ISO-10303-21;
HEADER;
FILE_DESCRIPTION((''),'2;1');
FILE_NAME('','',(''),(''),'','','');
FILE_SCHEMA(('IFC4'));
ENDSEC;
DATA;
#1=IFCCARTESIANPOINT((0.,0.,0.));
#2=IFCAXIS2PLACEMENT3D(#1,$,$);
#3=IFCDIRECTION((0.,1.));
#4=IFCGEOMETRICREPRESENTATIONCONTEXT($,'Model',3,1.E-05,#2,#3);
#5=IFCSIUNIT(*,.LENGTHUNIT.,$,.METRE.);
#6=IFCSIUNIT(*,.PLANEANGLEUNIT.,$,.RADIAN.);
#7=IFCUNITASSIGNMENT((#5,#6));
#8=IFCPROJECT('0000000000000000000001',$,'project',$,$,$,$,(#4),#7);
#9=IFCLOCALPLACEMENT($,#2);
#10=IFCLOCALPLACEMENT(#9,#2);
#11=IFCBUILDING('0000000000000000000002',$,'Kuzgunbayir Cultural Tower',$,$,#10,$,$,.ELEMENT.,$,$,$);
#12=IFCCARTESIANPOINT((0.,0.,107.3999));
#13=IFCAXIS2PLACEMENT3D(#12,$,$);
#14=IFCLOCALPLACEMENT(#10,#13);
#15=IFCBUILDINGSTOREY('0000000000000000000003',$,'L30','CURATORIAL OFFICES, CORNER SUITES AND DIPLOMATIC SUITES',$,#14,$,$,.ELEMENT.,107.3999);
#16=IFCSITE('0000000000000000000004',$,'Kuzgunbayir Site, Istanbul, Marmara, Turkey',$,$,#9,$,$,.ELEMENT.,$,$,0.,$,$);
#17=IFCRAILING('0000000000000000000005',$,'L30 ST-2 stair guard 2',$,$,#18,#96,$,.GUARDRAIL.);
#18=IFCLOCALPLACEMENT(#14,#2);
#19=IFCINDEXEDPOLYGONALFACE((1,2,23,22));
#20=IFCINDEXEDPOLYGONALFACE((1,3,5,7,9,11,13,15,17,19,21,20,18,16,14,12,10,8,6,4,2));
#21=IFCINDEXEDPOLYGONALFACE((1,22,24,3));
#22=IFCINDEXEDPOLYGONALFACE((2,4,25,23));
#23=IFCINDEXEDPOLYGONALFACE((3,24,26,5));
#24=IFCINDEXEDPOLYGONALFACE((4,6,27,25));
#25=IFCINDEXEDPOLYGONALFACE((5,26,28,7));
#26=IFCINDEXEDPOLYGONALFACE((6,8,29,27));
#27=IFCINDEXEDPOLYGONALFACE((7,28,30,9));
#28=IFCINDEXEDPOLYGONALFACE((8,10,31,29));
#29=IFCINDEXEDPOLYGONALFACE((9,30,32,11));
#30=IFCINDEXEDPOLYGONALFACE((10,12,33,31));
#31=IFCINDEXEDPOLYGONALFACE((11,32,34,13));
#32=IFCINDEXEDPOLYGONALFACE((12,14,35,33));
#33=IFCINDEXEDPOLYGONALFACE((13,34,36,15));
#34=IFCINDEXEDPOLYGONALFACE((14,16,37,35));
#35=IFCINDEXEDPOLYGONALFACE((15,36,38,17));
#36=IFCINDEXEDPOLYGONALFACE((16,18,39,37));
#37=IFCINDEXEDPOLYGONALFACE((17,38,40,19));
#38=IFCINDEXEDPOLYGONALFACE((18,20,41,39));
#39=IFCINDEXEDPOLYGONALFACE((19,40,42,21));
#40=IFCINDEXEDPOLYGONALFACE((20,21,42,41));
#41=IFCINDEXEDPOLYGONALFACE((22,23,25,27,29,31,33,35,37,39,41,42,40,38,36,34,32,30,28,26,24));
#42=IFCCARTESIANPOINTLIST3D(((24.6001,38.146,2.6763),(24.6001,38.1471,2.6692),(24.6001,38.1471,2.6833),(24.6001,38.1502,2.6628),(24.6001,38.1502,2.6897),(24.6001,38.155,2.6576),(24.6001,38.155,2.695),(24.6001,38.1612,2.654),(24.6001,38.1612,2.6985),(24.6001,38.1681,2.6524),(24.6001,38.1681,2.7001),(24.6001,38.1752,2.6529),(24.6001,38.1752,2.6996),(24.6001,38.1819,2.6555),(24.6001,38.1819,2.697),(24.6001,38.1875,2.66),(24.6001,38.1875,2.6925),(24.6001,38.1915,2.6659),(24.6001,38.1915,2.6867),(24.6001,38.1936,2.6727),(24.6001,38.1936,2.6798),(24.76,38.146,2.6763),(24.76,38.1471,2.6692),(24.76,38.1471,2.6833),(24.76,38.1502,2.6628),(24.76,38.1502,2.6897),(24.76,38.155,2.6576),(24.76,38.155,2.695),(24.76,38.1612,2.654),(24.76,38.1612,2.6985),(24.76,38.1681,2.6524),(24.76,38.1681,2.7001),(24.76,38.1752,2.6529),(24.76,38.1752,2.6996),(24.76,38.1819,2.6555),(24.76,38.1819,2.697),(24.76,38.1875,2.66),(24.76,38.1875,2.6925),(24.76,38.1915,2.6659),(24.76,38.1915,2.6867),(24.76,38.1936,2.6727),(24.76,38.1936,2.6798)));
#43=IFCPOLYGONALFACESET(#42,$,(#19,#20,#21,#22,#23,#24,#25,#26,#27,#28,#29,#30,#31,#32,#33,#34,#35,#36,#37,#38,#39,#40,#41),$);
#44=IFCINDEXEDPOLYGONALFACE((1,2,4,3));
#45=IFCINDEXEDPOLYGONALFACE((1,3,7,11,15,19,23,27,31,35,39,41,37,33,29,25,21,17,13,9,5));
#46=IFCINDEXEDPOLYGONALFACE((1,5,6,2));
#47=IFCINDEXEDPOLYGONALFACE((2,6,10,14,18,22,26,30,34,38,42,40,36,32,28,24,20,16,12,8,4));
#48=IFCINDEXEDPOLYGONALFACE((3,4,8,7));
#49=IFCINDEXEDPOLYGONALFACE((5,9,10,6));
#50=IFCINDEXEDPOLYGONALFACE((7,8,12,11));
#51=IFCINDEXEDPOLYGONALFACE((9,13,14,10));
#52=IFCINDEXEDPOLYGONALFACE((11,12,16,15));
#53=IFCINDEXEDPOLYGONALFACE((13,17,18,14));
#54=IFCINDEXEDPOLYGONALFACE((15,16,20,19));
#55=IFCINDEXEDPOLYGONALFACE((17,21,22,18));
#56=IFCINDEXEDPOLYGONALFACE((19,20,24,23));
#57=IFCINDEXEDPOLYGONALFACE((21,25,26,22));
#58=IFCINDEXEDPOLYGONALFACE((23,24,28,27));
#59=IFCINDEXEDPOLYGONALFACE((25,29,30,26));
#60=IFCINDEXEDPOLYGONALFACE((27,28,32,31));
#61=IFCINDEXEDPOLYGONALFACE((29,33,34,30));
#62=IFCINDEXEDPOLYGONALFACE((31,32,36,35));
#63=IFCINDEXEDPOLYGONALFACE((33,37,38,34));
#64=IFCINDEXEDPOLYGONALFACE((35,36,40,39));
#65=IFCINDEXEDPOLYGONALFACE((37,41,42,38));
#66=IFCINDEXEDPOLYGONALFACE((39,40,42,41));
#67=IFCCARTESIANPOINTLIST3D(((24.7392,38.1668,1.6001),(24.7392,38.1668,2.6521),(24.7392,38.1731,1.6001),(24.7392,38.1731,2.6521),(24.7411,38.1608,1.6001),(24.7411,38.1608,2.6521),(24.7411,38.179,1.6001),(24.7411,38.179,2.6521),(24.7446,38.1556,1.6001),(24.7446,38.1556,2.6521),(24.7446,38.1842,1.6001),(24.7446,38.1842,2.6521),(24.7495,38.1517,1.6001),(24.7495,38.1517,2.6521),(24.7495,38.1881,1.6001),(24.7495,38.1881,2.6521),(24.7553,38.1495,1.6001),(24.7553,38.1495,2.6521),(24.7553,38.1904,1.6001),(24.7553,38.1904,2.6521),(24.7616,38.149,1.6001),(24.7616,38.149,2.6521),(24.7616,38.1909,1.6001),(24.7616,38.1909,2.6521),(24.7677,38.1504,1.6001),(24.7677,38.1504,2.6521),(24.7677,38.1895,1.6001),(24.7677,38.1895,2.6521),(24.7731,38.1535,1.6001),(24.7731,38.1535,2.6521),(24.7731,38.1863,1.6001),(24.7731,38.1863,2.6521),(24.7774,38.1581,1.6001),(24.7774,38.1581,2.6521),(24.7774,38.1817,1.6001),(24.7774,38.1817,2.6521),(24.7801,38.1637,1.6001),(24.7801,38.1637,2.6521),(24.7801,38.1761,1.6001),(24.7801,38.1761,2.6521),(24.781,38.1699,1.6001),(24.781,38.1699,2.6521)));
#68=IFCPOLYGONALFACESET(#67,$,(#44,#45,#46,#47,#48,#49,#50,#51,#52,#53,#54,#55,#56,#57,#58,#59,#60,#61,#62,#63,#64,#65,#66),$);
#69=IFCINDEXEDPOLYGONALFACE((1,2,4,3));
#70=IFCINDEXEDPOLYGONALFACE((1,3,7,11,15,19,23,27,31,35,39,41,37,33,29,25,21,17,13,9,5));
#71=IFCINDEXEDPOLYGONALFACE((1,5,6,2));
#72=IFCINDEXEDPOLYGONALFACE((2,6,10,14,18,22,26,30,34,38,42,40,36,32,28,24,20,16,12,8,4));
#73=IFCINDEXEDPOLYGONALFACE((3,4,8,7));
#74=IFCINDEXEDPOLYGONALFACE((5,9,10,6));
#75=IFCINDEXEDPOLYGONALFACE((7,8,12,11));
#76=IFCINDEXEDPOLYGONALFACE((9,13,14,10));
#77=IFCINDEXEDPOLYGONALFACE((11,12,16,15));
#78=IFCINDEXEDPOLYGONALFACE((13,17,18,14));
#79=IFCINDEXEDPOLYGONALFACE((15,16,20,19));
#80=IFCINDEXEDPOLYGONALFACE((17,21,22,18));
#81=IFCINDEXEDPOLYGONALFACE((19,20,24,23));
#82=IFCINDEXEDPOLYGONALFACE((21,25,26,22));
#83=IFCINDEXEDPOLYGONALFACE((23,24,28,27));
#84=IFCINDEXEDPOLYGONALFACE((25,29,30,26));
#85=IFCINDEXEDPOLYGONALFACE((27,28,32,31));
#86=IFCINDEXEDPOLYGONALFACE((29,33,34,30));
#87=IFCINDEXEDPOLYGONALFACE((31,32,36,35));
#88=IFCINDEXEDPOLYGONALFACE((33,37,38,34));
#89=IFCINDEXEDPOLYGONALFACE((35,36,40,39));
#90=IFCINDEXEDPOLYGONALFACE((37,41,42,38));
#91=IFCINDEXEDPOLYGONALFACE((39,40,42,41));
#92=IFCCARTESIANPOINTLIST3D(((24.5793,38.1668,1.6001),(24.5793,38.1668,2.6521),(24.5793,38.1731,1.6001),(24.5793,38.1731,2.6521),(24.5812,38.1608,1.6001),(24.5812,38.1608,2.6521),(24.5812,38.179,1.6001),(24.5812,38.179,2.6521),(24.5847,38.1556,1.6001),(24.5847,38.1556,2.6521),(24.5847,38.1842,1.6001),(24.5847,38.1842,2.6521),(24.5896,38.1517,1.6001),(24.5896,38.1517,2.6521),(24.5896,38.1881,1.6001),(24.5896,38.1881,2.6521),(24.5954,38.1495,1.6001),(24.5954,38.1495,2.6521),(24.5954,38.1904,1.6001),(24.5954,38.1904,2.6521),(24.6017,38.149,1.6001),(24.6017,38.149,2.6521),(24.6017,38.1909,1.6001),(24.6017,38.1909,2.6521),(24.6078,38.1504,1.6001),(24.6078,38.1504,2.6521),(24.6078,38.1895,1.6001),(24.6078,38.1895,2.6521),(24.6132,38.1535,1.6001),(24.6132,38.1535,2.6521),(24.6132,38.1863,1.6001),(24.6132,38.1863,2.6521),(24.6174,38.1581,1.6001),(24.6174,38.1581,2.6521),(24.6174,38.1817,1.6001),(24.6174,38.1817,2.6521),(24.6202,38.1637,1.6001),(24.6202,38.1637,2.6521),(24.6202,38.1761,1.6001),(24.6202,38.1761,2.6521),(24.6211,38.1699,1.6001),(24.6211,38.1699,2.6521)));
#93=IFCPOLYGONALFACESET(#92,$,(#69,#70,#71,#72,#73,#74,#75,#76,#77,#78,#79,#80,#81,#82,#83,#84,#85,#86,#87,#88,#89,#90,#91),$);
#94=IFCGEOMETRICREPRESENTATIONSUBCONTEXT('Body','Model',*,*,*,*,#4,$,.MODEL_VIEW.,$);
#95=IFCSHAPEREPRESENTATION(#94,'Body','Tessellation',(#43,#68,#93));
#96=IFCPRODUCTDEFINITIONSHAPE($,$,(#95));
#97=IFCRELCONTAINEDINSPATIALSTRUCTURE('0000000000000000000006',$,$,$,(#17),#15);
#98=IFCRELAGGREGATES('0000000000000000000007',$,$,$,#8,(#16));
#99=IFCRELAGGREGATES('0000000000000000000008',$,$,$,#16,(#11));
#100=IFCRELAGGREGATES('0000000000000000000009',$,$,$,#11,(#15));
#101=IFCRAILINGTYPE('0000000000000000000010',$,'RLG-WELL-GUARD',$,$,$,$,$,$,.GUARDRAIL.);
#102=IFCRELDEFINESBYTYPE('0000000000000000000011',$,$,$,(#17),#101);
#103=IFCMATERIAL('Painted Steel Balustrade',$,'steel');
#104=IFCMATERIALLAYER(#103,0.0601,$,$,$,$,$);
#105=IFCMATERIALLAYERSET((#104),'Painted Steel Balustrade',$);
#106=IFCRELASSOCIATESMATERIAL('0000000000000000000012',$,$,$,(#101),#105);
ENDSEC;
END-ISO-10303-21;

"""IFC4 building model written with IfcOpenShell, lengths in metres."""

from ifc_helpers import new_model, si_unit, direction, frame, origin, origin_2d, place, context, subcontext, project, spatial, circle, extrude, material, layer, layer_set, type_object, element, save


model = new_model("IFC4")

# Units and contexts
model_context = context("Model", 3, precision=1e-05, world=origin(), true_north=direction((0.0, 1.0)))
body_context = subcontext(model_context, "Body", "Model", "MODEL_VIEW")
ifc_project = project(units=[si_unit("LENGTHUNIT", "METRE"), si_unit("PLANEANGLEUNIT", "RADIAN")], contexts=[model_context])

# Site, building, storey
site_placement = place(None, origin())
site = spatial("IfcSite", under=ifc_project, at=site_placement, Name="Kuzgunbayir Site, Istanbul, Marmara, Turkey", CompositionType="ELEMENT", RefElevation=0.0)
building_placement = place(site_placement, origin())
building = spatial("IfcBuilding", under=site, at=building_placement, Name="Kuzgunbayir Cultural Tower", CompositionType="ELEMENT")
storey_placement = place(building_placement, frame((0.0, 0.0, 107.3999)))
storey = spatial("IfcBuildingStorey", under=building, at=storey_placement, Name="L30", Description="CURATORIAL OFFICES, CORNER SUITES AND DIPLOMATIC SUITES", CompositionType="ELEMENT", Elevation=107.3999)

# Railing
ifc_material_1 = material(Name="Painted Steel Balustrade", Category="steel")
ifc_layer_1 = layer(ifc_material_1, 0.0601)
ifc_layer_set_1 = layer_set([ifc_layer_1], Name="Painted Steel Balustrade")
railing_type_1 = type_object("IfcRailingType", Name="RLG-WELL-GUARD", PredefinedType="GUARDRAIL", material=ifc_layer_set_1)
railing_1_placement = place(storey_placement, frame((24.76, 38.1699, 1.6001)))
element("IfcRailing", 1, at=railing_1_placement, inside=storey, type_object=railing_type_1, Name="L30 ST-2 stair guard 2", PredefinedType="GUARDRAIL", context=body_context, shape_type="SweptSolid", body=[
    extrude(circle(Radius=0.0239, at=origin_2d()), frame((0.0, 0.0, 1.0762), z_axis=(-1.0, 0.0, 0.0), x_axis=(0.0, -1.0, 0.0)), (0.0, 0.0, 1.0), 0.1599),
    extrude(circle(Radius=0.021, at=origin_2d()), origin(), (0.0, 0.0, 1.0), 1.052),
    extrude(circle(Radius=0.021, at=origin_2d()), frame((-0.1599, 0.0, 0.0)), (0.0, 0.0, 1.0), 1.052),
])

save(model, "model.ifc")
